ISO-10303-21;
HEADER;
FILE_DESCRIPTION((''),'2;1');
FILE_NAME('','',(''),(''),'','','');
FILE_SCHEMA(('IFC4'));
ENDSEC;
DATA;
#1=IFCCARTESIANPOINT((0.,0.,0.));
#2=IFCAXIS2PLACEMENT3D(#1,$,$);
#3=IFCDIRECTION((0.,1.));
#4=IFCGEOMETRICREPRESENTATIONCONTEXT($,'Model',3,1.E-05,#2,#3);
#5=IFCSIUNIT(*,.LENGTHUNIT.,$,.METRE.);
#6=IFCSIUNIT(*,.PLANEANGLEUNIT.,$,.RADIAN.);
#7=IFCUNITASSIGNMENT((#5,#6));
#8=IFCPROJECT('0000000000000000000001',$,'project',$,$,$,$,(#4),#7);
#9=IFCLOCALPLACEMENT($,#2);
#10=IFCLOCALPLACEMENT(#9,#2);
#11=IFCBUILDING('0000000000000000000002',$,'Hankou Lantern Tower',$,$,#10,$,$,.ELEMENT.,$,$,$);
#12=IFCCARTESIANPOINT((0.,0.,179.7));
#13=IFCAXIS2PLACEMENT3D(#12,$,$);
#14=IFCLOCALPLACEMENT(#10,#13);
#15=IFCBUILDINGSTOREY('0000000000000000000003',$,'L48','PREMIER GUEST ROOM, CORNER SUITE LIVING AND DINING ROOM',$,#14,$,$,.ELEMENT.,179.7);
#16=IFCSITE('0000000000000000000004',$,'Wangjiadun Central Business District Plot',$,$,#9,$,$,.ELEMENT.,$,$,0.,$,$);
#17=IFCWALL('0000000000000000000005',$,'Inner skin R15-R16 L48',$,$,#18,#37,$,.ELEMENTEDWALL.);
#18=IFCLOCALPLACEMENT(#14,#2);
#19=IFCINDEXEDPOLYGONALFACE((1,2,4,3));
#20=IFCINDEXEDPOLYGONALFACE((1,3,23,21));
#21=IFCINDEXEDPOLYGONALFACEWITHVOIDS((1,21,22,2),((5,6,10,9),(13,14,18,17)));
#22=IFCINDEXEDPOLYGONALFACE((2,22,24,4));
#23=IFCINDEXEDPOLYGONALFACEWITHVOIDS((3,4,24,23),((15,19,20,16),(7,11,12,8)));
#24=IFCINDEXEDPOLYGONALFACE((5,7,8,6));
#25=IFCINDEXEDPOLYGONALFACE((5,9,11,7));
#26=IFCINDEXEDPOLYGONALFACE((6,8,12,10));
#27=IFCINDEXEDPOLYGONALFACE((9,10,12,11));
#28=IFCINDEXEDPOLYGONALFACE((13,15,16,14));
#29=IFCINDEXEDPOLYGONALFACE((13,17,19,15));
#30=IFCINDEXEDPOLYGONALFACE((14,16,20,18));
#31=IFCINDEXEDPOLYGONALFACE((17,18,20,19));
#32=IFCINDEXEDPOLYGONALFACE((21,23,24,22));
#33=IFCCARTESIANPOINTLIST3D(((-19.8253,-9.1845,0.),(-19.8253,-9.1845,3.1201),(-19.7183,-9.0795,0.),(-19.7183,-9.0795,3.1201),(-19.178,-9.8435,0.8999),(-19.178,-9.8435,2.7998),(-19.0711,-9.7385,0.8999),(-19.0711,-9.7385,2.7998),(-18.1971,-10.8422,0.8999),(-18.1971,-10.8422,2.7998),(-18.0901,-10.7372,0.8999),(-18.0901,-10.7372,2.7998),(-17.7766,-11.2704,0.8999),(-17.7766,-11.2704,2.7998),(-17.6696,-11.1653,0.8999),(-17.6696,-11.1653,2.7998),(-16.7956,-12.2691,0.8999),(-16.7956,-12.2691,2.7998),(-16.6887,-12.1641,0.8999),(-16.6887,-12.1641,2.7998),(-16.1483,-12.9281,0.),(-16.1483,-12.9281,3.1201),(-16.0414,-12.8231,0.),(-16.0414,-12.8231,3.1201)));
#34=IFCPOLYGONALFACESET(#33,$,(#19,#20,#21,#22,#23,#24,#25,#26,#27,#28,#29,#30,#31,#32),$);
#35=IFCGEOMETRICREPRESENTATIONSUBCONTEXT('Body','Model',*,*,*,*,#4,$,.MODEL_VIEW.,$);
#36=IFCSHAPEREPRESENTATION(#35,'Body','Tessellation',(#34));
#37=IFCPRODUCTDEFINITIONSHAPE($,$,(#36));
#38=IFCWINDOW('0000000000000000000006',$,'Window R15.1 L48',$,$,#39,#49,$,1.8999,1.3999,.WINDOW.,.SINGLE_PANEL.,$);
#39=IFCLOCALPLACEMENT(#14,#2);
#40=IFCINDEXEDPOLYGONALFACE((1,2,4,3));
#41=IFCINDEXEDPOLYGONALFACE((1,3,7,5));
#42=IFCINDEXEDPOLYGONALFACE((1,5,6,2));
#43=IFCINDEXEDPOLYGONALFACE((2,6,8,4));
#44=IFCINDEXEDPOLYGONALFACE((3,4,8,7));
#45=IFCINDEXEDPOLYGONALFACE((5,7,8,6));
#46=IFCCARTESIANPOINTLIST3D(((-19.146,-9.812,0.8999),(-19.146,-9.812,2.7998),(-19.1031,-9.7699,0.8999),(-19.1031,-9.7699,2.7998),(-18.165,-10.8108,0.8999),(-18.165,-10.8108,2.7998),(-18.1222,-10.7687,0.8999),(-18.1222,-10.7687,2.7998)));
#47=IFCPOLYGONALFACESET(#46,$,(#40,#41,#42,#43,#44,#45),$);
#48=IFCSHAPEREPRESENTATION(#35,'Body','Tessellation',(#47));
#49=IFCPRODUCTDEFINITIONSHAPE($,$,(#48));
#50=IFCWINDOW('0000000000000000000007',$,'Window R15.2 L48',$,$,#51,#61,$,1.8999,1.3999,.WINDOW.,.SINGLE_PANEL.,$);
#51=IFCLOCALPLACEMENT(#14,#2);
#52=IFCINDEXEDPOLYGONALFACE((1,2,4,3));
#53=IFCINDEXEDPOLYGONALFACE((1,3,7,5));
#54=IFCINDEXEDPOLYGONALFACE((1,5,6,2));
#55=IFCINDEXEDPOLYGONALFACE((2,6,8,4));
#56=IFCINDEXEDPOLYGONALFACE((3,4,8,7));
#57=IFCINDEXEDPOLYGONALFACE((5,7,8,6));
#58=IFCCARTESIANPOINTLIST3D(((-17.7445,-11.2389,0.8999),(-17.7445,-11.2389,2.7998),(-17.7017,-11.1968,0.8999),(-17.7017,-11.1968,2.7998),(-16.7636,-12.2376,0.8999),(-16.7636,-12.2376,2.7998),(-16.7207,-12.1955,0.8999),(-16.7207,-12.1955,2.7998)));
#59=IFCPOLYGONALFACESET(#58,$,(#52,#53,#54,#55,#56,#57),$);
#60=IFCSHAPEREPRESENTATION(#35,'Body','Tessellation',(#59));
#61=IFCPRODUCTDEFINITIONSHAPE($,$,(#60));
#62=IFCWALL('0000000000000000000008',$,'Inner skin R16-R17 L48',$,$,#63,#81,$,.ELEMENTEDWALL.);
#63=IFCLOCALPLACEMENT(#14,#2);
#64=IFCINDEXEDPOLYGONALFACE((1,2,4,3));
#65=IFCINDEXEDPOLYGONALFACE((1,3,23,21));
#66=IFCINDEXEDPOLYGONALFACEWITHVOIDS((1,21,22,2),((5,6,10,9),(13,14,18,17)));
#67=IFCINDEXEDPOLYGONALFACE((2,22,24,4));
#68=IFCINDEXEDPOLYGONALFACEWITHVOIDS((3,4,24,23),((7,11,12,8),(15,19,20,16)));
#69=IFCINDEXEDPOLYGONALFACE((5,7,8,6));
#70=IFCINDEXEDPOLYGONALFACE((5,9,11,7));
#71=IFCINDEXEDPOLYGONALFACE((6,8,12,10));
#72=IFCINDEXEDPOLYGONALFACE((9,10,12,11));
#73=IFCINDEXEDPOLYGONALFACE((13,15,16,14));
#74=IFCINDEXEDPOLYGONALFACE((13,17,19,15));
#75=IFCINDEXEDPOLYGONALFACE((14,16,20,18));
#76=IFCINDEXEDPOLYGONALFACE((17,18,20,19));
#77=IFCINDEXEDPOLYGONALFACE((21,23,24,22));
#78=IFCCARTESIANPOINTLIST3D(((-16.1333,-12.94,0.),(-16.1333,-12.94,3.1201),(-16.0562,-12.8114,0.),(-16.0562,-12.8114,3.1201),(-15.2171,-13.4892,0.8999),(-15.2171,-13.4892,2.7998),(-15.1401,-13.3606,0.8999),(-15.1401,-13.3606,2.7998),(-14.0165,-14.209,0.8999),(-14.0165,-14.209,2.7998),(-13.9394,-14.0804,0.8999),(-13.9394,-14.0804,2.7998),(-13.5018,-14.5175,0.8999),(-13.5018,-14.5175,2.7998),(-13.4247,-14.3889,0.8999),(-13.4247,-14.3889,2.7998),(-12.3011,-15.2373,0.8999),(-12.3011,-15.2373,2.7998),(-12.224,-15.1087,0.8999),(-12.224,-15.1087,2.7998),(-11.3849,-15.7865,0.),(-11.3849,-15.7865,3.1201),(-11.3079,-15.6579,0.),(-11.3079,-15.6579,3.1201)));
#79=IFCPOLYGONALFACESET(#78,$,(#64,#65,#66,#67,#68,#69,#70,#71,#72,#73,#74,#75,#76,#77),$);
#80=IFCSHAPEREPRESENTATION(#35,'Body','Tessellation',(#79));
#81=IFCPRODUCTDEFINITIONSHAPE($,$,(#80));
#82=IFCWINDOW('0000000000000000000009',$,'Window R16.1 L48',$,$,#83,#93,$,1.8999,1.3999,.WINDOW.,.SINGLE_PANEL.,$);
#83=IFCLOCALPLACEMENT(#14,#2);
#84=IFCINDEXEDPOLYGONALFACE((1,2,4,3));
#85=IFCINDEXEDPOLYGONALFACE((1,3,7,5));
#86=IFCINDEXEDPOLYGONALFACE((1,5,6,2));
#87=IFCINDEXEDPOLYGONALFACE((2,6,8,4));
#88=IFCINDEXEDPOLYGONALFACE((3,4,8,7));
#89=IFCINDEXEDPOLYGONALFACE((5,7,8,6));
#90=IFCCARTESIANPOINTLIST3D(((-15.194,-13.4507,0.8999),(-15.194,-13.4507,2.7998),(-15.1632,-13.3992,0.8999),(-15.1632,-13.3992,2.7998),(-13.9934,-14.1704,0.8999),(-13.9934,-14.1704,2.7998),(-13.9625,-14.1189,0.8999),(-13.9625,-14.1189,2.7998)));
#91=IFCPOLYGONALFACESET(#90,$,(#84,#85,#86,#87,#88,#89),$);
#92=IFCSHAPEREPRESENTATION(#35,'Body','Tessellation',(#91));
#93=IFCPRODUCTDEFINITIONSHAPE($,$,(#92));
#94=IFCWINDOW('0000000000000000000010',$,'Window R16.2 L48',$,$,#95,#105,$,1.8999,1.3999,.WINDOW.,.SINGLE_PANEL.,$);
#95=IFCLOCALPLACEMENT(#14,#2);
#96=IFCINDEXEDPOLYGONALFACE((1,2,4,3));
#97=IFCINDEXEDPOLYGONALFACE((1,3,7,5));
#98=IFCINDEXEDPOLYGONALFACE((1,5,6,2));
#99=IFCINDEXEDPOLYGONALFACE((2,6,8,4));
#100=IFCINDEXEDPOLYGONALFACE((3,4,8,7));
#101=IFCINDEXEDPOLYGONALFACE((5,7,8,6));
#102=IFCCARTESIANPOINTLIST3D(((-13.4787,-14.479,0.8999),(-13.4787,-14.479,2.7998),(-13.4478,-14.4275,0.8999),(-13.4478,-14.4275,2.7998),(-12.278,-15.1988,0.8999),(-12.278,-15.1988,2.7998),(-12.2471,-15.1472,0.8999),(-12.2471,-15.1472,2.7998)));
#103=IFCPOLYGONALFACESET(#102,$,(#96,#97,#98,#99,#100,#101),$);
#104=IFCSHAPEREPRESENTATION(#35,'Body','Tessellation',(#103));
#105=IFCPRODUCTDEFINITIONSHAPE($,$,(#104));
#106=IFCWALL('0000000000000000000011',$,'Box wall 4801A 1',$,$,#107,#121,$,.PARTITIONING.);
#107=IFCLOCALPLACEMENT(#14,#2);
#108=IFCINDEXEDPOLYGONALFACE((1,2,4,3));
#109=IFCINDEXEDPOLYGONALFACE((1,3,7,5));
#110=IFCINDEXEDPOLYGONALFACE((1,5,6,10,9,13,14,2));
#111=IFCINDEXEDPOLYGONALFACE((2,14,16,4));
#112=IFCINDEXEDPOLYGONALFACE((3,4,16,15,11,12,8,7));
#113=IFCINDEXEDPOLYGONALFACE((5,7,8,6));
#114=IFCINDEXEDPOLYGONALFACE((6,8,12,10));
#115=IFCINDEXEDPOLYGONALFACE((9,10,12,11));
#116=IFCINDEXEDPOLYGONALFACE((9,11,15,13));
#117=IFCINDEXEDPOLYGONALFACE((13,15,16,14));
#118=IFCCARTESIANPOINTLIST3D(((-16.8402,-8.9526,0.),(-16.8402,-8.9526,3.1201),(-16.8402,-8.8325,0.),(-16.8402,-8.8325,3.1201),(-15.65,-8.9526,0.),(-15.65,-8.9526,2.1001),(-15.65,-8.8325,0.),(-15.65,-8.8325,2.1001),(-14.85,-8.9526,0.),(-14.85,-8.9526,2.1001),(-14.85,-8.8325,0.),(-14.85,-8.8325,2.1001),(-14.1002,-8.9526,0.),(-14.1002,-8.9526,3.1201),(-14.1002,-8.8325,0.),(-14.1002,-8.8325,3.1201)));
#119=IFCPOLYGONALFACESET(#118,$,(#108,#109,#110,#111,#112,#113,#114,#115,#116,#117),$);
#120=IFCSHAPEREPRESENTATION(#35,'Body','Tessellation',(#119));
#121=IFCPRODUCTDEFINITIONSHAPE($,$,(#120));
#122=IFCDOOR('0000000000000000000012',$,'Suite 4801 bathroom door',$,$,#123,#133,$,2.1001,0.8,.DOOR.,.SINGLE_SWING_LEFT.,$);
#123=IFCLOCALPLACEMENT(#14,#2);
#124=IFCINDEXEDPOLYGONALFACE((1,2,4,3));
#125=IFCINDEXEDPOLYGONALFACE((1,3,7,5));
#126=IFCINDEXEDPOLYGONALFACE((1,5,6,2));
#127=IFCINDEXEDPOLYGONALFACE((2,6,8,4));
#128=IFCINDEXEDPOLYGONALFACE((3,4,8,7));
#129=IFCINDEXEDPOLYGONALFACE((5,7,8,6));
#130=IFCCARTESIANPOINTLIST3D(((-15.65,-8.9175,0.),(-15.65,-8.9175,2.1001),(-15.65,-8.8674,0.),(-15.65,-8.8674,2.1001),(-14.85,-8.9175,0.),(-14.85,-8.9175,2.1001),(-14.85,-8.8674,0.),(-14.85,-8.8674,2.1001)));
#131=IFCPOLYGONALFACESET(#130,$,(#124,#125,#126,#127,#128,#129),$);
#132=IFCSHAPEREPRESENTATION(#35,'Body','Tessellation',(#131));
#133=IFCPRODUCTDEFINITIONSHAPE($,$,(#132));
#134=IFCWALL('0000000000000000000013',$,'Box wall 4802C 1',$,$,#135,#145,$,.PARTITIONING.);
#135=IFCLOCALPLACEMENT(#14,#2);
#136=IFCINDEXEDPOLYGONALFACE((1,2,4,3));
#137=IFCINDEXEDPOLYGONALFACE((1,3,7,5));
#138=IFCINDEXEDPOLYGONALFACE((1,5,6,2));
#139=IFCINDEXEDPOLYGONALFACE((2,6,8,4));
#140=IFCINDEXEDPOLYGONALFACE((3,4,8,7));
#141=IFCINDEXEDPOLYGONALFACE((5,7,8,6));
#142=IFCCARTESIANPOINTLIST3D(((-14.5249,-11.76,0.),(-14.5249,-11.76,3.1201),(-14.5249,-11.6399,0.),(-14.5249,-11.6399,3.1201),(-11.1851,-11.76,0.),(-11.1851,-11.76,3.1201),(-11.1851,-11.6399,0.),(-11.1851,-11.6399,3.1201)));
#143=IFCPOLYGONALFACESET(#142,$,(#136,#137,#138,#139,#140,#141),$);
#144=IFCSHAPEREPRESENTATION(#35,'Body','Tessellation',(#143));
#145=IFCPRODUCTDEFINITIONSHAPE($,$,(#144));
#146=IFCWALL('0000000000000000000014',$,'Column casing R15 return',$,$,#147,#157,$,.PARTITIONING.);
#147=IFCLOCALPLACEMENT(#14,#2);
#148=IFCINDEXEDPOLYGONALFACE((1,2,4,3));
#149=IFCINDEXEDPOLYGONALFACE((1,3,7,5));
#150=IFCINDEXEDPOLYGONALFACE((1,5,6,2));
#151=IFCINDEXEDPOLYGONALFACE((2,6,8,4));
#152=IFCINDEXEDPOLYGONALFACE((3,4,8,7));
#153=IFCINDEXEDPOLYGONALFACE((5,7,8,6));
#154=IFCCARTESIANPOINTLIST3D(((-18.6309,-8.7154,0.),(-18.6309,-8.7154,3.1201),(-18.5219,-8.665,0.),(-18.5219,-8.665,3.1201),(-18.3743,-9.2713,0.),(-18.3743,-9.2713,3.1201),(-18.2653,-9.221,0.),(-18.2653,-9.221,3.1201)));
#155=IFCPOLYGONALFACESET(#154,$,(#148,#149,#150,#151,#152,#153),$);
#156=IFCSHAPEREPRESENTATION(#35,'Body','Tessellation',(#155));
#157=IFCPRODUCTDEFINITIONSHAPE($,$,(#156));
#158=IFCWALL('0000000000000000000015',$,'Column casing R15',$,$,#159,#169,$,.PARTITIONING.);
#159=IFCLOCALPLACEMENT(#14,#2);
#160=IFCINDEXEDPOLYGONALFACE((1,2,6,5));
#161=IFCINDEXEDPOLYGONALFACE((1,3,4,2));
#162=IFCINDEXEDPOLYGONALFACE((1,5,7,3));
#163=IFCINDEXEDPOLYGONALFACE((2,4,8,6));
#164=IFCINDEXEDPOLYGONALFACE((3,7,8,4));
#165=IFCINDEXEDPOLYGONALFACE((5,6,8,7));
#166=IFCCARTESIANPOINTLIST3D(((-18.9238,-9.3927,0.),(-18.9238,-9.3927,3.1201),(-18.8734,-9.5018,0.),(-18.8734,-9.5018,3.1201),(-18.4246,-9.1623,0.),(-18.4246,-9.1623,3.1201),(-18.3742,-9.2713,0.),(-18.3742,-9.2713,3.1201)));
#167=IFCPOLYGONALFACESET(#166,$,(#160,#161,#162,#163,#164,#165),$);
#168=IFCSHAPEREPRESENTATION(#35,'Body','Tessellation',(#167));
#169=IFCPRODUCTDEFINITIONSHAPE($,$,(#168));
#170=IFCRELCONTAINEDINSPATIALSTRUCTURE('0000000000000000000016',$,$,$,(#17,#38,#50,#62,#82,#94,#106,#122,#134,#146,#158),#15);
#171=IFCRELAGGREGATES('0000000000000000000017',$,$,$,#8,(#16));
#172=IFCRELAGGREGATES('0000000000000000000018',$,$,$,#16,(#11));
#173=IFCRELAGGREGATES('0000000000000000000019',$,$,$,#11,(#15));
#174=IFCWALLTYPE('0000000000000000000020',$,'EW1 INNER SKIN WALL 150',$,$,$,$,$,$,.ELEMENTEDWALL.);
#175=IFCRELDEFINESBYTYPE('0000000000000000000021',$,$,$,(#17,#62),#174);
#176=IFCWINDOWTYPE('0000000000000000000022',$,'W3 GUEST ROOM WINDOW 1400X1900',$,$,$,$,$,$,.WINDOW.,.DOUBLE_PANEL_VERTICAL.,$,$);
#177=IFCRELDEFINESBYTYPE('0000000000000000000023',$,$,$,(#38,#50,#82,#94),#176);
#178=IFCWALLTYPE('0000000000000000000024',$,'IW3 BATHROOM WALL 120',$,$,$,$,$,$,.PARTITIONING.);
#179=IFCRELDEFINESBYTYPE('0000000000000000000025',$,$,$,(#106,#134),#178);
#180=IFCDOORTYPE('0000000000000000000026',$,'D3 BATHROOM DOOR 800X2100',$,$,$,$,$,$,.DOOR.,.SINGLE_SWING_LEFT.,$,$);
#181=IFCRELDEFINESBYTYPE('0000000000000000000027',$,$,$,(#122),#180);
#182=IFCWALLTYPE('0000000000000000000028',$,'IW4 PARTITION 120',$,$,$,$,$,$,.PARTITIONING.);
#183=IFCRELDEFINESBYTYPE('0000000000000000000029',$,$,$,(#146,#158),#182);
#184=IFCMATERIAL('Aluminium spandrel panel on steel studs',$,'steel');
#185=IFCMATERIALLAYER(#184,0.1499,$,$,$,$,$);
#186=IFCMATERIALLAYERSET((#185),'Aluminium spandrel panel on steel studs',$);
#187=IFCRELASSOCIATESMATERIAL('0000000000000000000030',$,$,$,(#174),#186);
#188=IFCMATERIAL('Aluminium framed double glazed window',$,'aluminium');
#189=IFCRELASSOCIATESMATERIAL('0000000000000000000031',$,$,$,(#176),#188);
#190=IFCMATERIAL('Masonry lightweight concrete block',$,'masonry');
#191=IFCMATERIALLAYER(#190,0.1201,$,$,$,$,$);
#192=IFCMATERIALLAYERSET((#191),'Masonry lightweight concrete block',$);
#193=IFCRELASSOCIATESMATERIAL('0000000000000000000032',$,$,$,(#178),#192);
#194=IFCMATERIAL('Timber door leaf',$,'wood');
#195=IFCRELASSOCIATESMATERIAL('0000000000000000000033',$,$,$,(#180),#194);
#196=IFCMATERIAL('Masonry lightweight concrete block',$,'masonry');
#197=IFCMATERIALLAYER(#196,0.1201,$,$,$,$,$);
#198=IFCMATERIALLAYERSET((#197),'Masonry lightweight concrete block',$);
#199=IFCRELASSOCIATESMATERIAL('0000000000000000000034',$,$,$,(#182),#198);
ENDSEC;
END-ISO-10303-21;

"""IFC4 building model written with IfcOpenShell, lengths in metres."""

from ifc_helpers import new_model, si_unit, direction, frame, frame_2d, origin, place, context, subcontext, project, spatial, rectangle, extrude, material, layer, layer_set, type_object, element, fill, save


model = new_model("IFC4")

# Units and contexts
model_context = context("Model", 3, precision=1e-05, world=origin(), true_north=direction((0.0, 1.0)))
body_context = subcontext(model_context, "Body", "Model", "MODEL_VIEW")
ifc_project = project(units=[si_unit("LENGTHUNIT", "METRE"), si_unit("PLANEANGLEUNIT", "RADIAN")], contexts=[model_context])

# Site, building, storey
site_placement = place(None, origin())
site = spatial("IfcSite", under=ifc_project, at=site_placement, Name="Wangjiadun Central Business District Plot", CompositionType="ELEMENT", RefElevation=0.0)
building_placement = place(site_placement, origin())
building = spatial("IfcBuilding", under=site, at=building_placement, Name="Hankou Lantern Tower", CompositionType="ELEMENT")
storey_placement = place(building_placement, frame((0.0, 0.0, 179.7)))
storey = spatial("IfcBuildingStorey", under=building, at=storey_placement, Name="L48", Description="PREMIER GUEST ROOM, CORNER SUITE LIVING AND DINING ROOM", CompositionType="ELEMENT", Elevation=179.7)

# Walls, openings, windows
ifc_material_1 = material(Name="Aluminium spandrel panel on steel studs", Category="steel")
ifc_layer_1 = layer(ifc_material_1, 0.1499)
ifc_layer_set_1 = layer_set([ifc_layer_1], Name="Aluminium spandrel panel on steel studs")
wall_type_1 = type_object("IfcWallType", Name="EW1 INNER SKIN WALL 150", PredefinedType="ELEMENTEDWALL", material=ifc_layer_set_1)
wall_1_placement = place(storey_placement, frame((-19.7717, -9.1321, 0.0), z_axis=(0.0, 0.0, 1.0), x_axis=(0.700727, -0.713429, 0.0)))
wall_1 = element("IfcWall", 1, at=wall_1_placement, inside=storey, type_object=wall_type_1, Name="Inner skin R15-R16 L48", PredefinedType="ELEMENTEDWALL", context=body_context, shape_type="SweptSolid", body=[
    extrude(rectangle(XDim=5.2473, YDim=0.1499, at=frame_2d((2.6235, 0.0))), origin(), (0.0, 0.0, 1.0), 3.1201),
])
opening_1_placement = place(wall_1_placement, frame((0.9236, 0.0, 0.8999)))
opening_1 = element("IfcOpeningElement", 2, at=opening_1_placement, cuts=wall_1, PredefinedType="OPENING", context=body_context, shape_type="SweptSolid", body=[
    extrude(rectangle(XDim=1.3999, YDim=1.8999, at=frame_2d((0.7, 0.95))), frame((0.0, 0.085, 0.0), z_axis=(0.0, -1.0, 0.0), x_axis=(1.0, 0.0, 0.0)), (0.0, 0.0, 1.0), 0.1699),
])
opening_2_placement = place(wall_1_placement, frame((2.9236, 0.0, 0.8999)))
opening_2 = element("IfcOpeningElement", 3, at=opening_2_placement, cuts=wall_1, PredefinedType="OPENING", context=body_context, shape_type="SweptSolid", body=[
    extrude(rectangle(XDim=1.3999, YDim=1.8999, at=frame_2d((0.7, 0.95))), frame((0.0, 0.085, 0.0), z_axis=(0.0, -1.0, 0.0), x_axis=(1.0, 0.0, 0.0)), (0.0, 0.0, 1.0), 0.1699),
])
ifc_material_2 = material(Name="Aluminium framed double glazed window", Category="aluminium")
window_type = type_object("IfcWindowType", Name="W3 GUEST ROOM WINDOW 1400X1900", PartitioningType="DOUBLE_PANEL_VERTICAL", PredefinedType="WINDOW", material=ifc_material_2)
window_1_placement = place(opening_1_placement, origin())
window_1 = element("IfcWindow", 4, at=window_1_placement, inside=storey, type_object=window_type, Name="Window R15.1 L48", OverallHeight=1.8999, OverallWidth=1.3999, PartitioningType="SINGLE_PANEL", PredefinedType="WINDOW", context=body_context, shape_type="SweptSolid", body=[
    extrude(rectangle(XDim=1.3999, YDim=1.8999, at=frame_2d((0.7, 0.95))), frame((0.0, 0.03, 0.0), z_axis=(0.0, -1.0, 0.0), x_axis=(1.0, 0.0, 0.0)), (0.0, 0.0, 1.0), 0.0601),
])
fill(opening_1, window_1)
window_2_placement = place(opening_2_placement, origin())
window_2 = element("IfcWindow", 5, at=window_2_placement, inside=storey, type_object=window_type, Name="Window R15.2 L48", OverallHeight=1.8999, OverallWidth=1.3999, PartitioningType="SINGLE_PANEL", PredefinedType="WINDOW", context=body_context, shape_type="SweptSolid", body=[
    extrude(rectangle(XDim=1.3999, YDim=1.8999, at=frame_2d((0.7, 0.95))), frame((0.0, 0.03, 0.0), z_axis=(0.0, -1.0, 0.0), x_axis=(1.0, 0.0, 0.0)), (0.0, 0.0, 1.0), 0.0601),
])
fill(opening_2, window_2)
wall_2_placement = place(storey_placement, frame((-16.0947, -12.8757, 0.0), z_axis=(0.0, 0.0, 1.0), x_axis=(0.857695, -0.514158, 0.0)))
wall_2 = element("IfcWall", 6, at=wall_2_placement, inside=storey, type_object=wall_type_1, Name="Inner skin R16-R17 L48", PredefinedType="ELEMENTEDWALL", context=body_context, shape_type="SweptSolid", body=[
    extrude(rectangle(XDim=5.5361, YDim=0.1499, at=frame_2d((2.7681, 0.0))), origin(), (0.0, 0.0, 1.0), 3.1201),
])
opening_3_placement = place(wall_2_placement, frame((1.0681, 0.0, 0.8999)))
opening_3 = element("IfcOpeningElement", 7, at=opening_3_placement, cuts=wall_2, PredefinedType="OPENING", context=body_context, shape_type="SweptSolid", body=[
    extrude(rectangle(XDim=1.3999, YDim=1.8999, at=frame_2d((0.7, 0.95))), frame((0.0, 0.085, 0.0), z_axis=(0.0, -1.0, 0.0), x_axis=(1.0, 0.0, 0.0)), (0.0, 0.0, 1.0), 0.1699),
])
opening_4_placement = place(wall_2_placement, frame((3.0681, 0.0, 0.8999)))
opening_4 = element("IfcOpeningElement", 8, at=opening_4_placement, cuts=wall_2, PredefinedType="OPENING", context=body_context, shape_type="SweptSolid", body=[
    extrude(rectangle(XDim=1.3999, YDim=1.8999, at=frame_2d((0.7, 0.95))), frame((0.0, 0.085, 0.0), z_axis=(0.0, -1.0, 0.0), x_axis=(1.0, 0.0, 0.0)), (0.0, 0.0, 1.0), 0.1699),
])
window_3_placement = place(opening_3_placement, origin())
window_3 = element("IfcWindow", 9, at=window_3_placement, inside=storey, type_object=window_type, Name="Window R16.1 L48", OverallHeight=1.8999, OverallWidth=1.3999, PartitioningType="SINGLE_PANEL", PredefinedType="WINDOW", context=body_context, shape_type="SweptSolid", body=[
    extrude(rectangle(XDim=1.3999, YDim=1.8999, at=frame_2d((0.7, 0.95))), frame((0.0, 0.03, 0.0), z_axis=(0.0, -1.0, 0.0), x_axis=(1.0, 0.0, 0.0)), (0.0, 0.0, 1.0), 0.0601),
])
fill(opening_3, window_3)
window_4_placement = place(opening_4_placement, origin())
window_4 = element("IfcWindow", 10, at=window_4_placement, inside=storey, type_object=window_type, Name="Window R16.2 L48", OverallHeight=1.8999, OverallWidth=1.3999, PartitioningType="SINGLE_PANEL", PredefinedType="WINDOW", context=body_context, shape_type="SweptSolid", body=[
    extrude(rectangle(XDim=1.3999, YDim=1.8999, at=frame_2d((0.7, 0.95))), frame((0.0, 0.03, 0.0), z_axis=(0.0, -1.0, 0.0), x_axis=(1.0, 0.0, 0.0)), (0.0, 0.0, 1.0), 0.0601),
])
fill(opening_4, window_4)

# Wall, opening, door
ifc_material_3 = material(Name="Masonry lightweight concrete block", Category="masonry")
ifc_layer_2 = layer(ifc_material_3, 0.1201)
ifc_layer_set_2 = layer_set([ifc_layer_2], Name="Masonry lightweight concrete block")
wall_type_2 = type_object("IfcWallType", Name="IW3 BATHROOM WALL 120", PredefinedType="PARTITIONING", material=ifc_layer_set_2)
wall_3_placement = place(storey_placement, frame((-14.1001, -8.8926, 0.0), z_axis=(0.0, 0.0, 1.0), x_axis=(-1.0, 0.0, 0.0)))
wall_3 = element("IfcWall", 11, at=wall_3_placement, inside=storey, type_object=wall_type_2, Name="Box wall 4801A 1", PredefinedType="PARTITIONING", context=body_context, shape_type="SweptSolid", body=[
    extrude(rectangle(XDim=2.74, YDim=0.1201, at=frame_2d((1.3701, 0.0))), origin(), (0.0, 0.0, 1.0), 3.1201),
])
opening_5_placement = place(wall_3_placement, frame((0.75, 0.0, 0.0)))
opening_5 = element("IfcOpeningElement", 12, at=opening_5_placement, cuts=wall_3, PredefinedType="OPENING", context=body_context, shape_type="SweptSolid", body=[
    extrude(rectangle(XDim=0.8, YDim=2.1001, at=frame_2d((0.3999, 1.05))), frame((0.0, 0.0701, 0.0), z_axis=(0.0, -1.0, 0.0), x_axis=(1.0, 0.0, 0.0)), (0.0, 0.0, 1.0), 0.1401),
])
ifc_material_4 = material(Name="Timber door leaf", Category="wood")
door_type = type_object("IfcDoorType", Name="D3 BATHROOM DOOR 800X2100", OperationType="SINGLE_SWING_LEFT", PredefinedType="DOOR", material=ifc_material_4)
door_placement = place(opening_5_placement, origin())
door = element("IfcDoor", 13, at=door_placement, inside=storey, type_object=door_type, Name="Suite 4801 bathroom door", OperationType="SINGLE_SWING_LEFT", OverallHeight=2.1001, OverallWidth=0.8, PredefinedType="DOOR", context=body_context, shape_type="SweptSolid", body=[
    extrude(rectangle(XDim=0.8, YDim=2.1001, at=frame_2d((0.3999, 1.05))), frame((0.0, 0.0249, 0.0), z_axis=(0.0, -1.0, 0.0), x_axis=(1.0, 0.0, 0.0)), (0.0, 0.0, 1.0), 0.05),
])
fill(opening_5, door)

# Walls
wall_4_placement = place(storey_placement, frame((-14.5249, -11.7, 0.0), z_axis=(0.0, 0.0, 1.0), x_axis=(1.0, 0.0, 0.0)))
element("IfcWall", 14, at=wall_4_placement, inside=storey, type_object=wall_type_2, Name="Box wall 4802C 1", PredefinedType="PARTITIONING", context=body_context, shape_type="SweptSolid", body=[
    extrude(rectangle(XDim=3.3398, YDim=0.1201, at=frame_2d((1.6699, 0.0))), origin(), (0.0, 0.0, 1.0), 3.1201),
])
ifc_material_5 = material(Name="Masonry lightweight concrete block", Category="masonry")
ifc_layer_3 = layer(ifc_material_5, 0.1201)
ifc_layer_set_3 = layer_set([ifc_layer_3], Name="Masonry lightweight concrete block")
wall_type_3 = type_object("IfcWallType", Name="IW4 PARTITION 120", PredefinedType="PARTITIONING", material=ifc_layer_set_3)
wall_5_placement = place(storey_placement, frame((-18.5764, -8.6902, 0.0), z_axis=(0.0, 0.0, 1.0), x_axis=(0.419083, -0.907948, 0.0)))
element("IfcWall", 15, at=wall_5_placement, inside=storey, type_object=wall_type_3, Name="Column casing R15 return", PredefinedType="PARTITIONING", context=body_context, shape_type="SweptSolid", body=[
    extrude(rectangle(XDim=0.6123, YDim=0.1201, at=frame_2d((0.3062, 0.0))), origin(), (0.0, 0.0, 1.0), 3.1201),
])
wall_6_placement = place(storey_placement, frame((-18.3994, -9.2168, 0.0), z_axis=(0.0, 0.0, 1.0), x_axis=(-0.907933, -0.419114, 0.0)))
element("IfcWall", 16, at=wall_6_placement, inside=storey, type_object=wall_type_3, Name="Column casing R15", PredefinedType="PARTITIONING", context=body_context, shape_type="SweptSolid", body=[
    extrude(rectangle(XDim=0.5498, YDim=0.1201, at=frame_2d((0.2749, 0.0))), origin(), (0.0, 0.0, 1.0), 3.1201),
])

save(model, "model.ifc")
